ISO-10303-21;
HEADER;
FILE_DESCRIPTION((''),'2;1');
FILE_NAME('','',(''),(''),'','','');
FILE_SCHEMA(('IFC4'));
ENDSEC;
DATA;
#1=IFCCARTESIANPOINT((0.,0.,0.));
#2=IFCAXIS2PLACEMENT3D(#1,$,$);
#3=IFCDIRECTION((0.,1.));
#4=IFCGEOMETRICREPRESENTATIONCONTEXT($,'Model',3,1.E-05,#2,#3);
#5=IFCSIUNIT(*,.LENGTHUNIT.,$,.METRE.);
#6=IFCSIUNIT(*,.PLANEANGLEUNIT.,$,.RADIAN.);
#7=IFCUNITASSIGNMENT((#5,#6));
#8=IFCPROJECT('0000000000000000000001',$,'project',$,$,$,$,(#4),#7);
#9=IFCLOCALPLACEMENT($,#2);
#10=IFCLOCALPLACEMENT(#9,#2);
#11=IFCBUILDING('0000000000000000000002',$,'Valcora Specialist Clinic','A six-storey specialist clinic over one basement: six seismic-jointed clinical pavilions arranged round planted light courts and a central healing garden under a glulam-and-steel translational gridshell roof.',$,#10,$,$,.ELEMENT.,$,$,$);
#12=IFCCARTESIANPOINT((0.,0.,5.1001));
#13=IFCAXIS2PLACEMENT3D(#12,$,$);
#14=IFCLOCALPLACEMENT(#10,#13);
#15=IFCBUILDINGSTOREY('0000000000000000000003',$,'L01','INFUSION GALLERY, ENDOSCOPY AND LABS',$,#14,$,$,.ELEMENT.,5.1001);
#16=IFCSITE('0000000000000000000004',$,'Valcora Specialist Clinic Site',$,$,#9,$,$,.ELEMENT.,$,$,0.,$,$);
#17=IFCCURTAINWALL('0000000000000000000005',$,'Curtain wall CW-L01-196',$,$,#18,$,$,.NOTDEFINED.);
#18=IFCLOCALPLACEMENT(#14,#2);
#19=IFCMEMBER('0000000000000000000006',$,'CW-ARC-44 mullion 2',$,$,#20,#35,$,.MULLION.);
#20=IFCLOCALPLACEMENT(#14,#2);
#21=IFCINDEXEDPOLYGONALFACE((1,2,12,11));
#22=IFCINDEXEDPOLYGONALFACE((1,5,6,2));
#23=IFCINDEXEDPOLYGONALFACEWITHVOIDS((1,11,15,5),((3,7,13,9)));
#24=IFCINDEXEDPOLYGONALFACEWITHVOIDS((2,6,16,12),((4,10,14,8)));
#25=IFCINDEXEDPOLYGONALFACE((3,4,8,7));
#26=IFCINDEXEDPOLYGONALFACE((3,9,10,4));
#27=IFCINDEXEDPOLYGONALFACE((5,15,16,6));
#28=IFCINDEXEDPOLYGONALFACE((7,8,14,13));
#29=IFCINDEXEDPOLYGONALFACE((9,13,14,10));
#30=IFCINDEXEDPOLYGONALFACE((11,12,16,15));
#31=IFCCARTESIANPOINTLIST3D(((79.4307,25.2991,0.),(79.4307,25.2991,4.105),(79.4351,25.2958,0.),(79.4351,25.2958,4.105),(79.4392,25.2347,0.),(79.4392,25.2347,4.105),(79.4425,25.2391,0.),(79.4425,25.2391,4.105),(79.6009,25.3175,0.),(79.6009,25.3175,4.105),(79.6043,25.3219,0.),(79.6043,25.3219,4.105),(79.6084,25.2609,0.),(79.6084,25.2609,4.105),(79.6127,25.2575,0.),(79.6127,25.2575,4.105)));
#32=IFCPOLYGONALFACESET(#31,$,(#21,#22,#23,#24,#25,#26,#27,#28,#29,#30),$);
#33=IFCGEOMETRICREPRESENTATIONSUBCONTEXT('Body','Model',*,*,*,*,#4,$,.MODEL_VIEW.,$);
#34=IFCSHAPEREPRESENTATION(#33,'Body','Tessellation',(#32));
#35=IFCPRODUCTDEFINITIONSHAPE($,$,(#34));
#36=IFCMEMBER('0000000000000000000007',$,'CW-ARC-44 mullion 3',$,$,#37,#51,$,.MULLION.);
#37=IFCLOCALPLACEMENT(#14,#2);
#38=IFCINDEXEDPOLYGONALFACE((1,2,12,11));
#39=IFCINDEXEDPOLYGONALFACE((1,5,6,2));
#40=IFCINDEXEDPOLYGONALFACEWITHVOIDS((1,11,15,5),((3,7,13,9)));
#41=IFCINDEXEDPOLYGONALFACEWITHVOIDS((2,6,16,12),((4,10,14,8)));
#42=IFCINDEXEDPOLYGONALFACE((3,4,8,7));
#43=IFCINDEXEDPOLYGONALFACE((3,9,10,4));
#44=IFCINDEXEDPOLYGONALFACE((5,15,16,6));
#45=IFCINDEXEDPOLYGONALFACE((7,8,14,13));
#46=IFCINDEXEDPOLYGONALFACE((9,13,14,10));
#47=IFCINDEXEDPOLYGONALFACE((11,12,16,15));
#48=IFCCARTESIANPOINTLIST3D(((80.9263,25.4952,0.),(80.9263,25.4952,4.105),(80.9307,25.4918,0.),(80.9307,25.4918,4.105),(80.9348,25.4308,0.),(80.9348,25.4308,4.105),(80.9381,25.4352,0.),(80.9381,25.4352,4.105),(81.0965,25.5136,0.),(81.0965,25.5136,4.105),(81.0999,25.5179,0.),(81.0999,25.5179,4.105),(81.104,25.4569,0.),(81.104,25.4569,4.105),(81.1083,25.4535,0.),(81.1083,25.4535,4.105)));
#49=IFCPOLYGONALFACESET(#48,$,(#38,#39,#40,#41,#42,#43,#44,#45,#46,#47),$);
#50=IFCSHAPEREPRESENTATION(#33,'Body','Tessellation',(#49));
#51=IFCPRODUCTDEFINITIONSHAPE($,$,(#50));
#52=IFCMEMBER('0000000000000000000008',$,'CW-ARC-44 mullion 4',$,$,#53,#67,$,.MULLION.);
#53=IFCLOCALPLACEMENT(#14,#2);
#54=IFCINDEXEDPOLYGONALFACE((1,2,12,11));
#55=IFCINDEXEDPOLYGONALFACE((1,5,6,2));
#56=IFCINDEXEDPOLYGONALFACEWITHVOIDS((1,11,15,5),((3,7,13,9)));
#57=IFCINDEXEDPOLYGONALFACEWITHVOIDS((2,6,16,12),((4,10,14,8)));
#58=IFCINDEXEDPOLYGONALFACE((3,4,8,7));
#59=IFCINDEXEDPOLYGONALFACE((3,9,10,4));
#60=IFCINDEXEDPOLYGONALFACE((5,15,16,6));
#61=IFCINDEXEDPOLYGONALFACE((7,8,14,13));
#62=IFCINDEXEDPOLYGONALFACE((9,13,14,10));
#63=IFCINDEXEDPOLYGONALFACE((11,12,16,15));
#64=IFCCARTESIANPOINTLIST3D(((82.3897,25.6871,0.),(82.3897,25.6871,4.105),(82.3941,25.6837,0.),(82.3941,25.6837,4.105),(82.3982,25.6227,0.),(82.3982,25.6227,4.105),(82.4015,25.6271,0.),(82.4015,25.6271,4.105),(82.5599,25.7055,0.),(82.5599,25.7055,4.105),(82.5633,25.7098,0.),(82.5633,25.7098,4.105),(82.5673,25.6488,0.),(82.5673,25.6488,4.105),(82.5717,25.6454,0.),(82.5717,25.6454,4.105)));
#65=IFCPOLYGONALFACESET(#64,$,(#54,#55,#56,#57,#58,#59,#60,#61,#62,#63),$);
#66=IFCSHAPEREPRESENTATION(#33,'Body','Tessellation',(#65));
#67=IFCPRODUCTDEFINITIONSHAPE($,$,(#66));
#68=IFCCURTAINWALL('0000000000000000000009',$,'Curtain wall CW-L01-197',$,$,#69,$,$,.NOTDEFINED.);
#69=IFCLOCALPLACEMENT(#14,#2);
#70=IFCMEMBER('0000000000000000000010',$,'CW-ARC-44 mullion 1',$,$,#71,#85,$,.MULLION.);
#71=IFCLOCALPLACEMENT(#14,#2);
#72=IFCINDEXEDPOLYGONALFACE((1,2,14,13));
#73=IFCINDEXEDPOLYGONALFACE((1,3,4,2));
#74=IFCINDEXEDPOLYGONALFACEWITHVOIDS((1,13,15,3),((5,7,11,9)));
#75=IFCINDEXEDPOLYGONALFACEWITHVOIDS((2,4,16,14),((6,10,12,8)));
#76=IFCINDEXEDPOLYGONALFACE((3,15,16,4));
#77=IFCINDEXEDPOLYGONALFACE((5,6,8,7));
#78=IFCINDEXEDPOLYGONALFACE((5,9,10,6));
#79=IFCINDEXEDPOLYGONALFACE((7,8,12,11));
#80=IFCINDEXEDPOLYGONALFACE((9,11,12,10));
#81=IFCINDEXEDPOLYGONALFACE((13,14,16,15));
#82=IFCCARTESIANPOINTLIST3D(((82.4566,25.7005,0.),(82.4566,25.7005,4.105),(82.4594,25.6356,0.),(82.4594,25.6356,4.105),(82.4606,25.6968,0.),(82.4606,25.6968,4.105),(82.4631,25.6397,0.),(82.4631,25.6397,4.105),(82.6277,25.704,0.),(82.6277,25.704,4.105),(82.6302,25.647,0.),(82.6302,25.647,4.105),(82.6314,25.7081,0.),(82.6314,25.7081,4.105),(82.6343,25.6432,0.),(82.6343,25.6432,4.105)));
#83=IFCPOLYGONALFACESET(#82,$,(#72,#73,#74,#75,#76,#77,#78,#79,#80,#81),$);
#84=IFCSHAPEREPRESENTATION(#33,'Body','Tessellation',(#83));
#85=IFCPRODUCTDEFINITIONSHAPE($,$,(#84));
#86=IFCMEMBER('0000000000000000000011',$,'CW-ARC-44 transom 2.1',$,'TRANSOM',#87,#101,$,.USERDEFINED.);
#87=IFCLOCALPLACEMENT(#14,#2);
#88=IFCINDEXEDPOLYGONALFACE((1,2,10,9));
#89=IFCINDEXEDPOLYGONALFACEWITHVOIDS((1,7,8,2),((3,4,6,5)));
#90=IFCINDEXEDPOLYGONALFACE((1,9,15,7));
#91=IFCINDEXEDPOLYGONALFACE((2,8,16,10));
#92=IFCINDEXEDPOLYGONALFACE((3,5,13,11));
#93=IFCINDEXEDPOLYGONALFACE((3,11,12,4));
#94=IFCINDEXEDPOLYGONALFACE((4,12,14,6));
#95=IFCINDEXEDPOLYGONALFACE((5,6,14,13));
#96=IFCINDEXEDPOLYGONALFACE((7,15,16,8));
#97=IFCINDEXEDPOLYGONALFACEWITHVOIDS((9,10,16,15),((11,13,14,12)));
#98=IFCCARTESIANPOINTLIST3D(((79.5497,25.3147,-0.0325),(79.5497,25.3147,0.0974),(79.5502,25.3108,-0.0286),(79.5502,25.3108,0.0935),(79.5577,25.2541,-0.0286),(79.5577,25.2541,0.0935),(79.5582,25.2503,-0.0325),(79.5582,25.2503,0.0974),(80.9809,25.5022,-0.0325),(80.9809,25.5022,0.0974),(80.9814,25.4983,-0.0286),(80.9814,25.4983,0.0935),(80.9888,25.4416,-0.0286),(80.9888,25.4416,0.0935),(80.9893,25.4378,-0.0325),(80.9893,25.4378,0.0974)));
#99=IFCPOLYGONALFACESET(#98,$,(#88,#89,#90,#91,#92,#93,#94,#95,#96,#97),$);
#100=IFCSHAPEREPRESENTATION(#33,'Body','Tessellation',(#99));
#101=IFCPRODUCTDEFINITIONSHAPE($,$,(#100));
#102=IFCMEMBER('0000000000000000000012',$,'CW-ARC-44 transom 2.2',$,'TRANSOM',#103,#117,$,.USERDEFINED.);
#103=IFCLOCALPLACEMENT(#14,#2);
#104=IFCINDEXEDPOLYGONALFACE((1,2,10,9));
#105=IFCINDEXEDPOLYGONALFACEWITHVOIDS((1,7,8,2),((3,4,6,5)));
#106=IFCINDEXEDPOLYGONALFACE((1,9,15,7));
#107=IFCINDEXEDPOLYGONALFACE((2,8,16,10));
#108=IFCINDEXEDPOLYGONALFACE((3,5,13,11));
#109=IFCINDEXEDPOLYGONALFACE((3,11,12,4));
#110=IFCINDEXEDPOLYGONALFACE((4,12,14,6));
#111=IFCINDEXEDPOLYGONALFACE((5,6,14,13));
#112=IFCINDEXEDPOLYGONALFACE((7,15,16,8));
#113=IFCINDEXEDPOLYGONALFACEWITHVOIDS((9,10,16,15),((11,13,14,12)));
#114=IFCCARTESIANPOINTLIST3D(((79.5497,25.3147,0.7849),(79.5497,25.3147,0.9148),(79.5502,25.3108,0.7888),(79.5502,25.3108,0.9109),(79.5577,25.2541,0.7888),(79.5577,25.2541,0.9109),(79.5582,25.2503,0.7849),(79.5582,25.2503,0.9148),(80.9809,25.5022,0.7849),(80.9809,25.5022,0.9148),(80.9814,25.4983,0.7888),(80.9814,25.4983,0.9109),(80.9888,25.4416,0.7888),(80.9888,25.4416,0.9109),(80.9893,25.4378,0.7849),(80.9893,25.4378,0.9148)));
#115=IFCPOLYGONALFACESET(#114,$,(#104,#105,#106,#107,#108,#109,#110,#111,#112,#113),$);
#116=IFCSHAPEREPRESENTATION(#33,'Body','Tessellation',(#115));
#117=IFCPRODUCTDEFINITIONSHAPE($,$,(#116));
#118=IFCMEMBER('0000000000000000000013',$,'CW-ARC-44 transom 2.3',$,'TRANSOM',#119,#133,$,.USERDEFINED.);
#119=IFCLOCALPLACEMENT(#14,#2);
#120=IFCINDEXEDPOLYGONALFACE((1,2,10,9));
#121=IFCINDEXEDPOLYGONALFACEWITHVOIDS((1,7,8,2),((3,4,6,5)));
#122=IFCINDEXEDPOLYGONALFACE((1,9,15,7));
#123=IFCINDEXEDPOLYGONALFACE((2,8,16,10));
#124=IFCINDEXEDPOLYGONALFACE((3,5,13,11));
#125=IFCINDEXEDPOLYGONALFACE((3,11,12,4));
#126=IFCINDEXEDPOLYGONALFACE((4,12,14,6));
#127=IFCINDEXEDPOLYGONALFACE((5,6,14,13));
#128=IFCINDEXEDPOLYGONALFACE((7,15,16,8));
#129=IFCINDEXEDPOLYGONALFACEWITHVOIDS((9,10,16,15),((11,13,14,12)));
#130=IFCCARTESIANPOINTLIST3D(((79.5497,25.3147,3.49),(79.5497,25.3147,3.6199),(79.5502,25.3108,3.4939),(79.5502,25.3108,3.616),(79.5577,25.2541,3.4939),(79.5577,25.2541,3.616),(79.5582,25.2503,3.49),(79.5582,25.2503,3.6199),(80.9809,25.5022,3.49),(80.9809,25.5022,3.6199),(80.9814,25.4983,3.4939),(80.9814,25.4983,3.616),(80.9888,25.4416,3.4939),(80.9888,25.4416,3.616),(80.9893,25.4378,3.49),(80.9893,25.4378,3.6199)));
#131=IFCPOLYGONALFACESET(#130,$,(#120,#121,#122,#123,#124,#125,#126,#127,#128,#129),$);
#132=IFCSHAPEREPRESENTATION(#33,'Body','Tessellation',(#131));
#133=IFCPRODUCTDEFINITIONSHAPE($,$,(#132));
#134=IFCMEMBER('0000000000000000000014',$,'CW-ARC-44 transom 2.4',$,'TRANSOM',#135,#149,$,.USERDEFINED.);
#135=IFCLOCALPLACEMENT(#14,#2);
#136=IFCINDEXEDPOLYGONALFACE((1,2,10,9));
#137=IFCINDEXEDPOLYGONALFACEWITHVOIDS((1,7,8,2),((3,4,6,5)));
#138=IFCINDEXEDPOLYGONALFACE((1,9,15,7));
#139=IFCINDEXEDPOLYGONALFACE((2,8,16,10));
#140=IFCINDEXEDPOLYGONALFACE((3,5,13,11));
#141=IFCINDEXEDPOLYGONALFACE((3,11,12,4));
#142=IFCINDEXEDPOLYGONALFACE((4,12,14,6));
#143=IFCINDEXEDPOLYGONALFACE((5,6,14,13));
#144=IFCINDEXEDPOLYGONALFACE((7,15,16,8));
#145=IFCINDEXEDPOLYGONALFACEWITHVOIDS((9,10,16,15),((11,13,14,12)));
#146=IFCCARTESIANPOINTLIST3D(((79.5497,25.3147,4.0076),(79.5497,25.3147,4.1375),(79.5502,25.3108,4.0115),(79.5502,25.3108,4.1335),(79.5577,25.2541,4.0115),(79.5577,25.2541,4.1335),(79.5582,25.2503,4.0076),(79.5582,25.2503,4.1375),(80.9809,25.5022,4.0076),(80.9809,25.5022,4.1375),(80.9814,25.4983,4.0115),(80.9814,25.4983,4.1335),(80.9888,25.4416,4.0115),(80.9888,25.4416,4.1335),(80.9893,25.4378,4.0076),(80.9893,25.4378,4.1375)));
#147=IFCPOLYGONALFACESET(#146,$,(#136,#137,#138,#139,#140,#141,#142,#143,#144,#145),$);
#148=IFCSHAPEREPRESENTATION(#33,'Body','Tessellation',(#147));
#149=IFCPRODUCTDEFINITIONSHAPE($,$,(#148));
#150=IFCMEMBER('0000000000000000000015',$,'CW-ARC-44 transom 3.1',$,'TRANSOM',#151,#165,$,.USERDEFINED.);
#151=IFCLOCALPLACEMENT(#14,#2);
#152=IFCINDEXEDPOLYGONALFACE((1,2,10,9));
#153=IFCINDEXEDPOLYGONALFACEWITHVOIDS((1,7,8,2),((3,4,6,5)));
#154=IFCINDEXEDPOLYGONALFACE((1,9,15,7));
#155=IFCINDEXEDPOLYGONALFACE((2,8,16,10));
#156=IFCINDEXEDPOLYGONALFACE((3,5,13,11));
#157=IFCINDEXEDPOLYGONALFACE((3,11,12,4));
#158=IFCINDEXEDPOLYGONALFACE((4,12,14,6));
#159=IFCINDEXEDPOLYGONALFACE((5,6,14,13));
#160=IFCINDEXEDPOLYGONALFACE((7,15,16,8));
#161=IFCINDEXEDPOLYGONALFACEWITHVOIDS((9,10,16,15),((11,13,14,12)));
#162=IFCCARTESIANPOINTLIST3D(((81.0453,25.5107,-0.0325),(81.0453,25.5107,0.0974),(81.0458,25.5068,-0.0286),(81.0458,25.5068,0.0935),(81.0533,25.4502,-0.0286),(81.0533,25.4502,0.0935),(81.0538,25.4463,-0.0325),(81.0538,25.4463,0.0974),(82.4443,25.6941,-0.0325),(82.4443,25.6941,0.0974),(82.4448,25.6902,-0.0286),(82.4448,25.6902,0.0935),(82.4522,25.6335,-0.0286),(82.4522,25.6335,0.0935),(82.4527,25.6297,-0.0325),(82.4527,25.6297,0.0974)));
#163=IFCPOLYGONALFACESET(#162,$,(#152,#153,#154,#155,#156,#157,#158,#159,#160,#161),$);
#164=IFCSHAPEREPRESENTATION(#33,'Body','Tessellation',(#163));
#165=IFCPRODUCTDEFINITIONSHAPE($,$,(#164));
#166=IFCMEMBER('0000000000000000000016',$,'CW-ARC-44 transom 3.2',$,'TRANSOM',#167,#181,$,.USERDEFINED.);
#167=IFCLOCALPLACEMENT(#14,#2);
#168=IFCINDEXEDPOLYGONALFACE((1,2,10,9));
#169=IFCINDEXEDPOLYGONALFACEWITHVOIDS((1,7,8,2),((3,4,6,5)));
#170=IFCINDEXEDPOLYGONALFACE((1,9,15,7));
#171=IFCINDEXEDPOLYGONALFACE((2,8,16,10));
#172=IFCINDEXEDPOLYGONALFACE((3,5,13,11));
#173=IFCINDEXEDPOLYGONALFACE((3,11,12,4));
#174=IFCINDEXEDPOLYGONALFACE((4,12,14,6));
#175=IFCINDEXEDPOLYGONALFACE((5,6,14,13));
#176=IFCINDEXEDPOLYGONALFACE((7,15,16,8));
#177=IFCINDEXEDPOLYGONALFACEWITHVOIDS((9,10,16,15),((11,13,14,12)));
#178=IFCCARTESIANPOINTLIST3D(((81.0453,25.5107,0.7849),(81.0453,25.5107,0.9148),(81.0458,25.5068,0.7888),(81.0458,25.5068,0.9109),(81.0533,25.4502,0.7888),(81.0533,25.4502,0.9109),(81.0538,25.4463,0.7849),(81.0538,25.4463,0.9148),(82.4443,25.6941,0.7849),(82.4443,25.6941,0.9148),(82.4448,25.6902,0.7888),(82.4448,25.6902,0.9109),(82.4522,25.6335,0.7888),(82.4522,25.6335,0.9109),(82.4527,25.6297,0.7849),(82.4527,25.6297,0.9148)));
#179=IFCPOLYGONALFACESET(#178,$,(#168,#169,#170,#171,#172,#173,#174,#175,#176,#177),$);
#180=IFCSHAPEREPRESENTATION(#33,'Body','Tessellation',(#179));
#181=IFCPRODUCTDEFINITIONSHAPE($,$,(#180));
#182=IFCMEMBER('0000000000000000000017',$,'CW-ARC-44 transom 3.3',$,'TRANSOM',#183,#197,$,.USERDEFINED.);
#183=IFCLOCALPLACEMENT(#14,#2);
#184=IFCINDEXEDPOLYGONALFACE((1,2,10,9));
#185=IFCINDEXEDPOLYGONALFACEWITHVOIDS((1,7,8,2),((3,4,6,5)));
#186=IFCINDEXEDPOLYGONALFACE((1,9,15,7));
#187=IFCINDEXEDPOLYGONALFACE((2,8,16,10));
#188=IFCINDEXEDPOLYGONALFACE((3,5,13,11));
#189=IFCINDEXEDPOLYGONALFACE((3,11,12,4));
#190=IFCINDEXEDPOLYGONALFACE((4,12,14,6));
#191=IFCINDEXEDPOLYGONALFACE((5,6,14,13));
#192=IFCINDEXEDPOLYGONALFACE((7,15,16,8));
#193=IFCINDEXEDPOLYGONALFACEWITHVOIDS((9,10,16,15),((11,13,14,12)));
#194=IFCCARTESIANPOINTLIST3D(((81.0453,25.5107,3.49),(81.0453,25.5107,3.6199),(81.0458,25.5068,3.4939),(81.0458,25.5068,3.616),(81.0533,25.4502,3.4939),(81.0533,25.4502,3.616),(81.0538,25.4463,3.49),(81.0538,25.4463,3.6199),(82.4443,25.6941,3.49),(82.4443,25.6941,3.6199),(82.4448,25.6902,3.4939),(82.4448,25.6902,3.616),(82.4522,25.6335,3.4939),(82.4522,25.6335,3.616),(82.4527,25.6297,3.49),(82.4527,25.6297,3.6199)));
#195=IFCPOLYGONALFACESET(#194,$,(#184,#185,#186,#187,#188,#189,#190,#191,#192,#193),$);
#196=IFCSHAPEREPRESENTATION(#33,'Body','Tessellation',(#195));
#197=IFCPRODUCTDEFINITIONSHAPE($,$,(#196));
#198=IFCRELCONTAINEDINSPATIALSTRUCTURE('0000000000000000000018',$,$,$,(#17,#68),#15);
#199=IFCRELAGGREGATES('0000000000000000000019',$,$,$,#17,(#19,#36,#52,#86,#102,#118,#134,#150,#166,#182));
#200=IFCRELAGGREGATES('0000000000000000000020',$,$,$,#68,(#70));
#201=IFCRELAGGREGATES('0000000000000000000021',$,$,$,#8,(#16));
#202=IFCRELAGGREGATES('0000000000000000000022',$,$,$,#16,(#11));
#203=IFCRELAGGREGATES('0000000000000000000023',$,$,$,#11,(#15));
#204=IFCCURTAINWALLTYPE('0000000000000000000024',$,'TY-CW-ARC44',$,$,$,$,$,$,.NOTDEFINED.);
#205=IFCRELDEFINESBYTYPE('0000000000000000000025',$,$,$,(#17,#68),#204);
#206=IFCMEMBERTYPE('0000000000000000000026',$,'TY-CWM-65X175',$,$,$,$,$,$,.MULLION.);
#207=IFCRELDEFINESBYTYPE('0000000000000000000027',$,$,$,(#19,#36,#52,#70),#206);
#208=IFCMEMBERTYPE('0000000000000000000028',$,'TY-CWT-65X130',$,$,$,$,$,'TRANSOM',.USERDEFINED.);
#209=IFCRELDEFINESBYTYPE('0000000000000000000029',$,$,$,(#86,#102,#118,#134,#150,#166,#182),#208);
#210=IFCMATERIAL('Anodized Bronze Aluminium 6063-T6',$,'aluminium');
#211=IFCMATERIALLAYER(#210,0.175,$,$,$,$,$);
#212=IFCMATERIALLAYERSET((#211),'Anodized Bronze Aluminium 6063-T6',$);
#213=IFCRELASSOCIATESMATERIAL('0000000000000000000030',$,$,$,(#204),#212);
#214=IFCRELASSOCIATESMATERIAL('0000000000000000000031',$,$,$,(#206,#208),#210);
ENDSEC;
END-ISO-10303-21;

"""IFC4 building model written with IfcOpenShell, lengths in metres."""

from ifc_helpers import new_model, si_unit, direction, frame, origin, origin_2d, place, context, subcontext, project, spatial, hollow_rectangle, extrude, material, layer, layer_set, material_profile, profile_set, type_object, element, aggregate, save


model = new_model("IFC4")

# Units and contexts
model_context = context("Model", 3, precision=1e-05, world=origin(), true_north=direction((0.0, 1.0)))
body_context = subcontext(model_context, "Body", "Model", "MODEL_VIEW")
ifc_project = project(units=[si_unit("LENGTHUNIT", "METRE"), si_unit("PLANEANGLEUNIT", "RADIAN")], contexts=[model_context])

# Site, building, storey
site_placement = place(None, origin())
site = spatial("IfcSite", under=ifc_project, at=site_placement, Name="Valcora Specialist Clinic Site", CompositionType="ELEMENT", RefElevation=0.0)
building_placement = place(site_placement, origin())
building = spatial("IfcBuilding", under=site, at=building_placement, Name="Valcora Specialist Clinic", Description="A six-storey specialist clinic over one basement: six seismic-jointed clinical pavilions arranged round planted light courts and a central healing garden under a glulam-and-steel translational gridshell roof.", CompositionType="ELEMENT")
storey_placement = place(building_placement, frame((0.0, 0.0, 5.1001)))
storey = spatial("IfcBuildingStorey", under=building, at=storey_placement, Name="L01", Description="INFUSION GALLERY, ENDOSCOPY AND LABS", CompositionType="ELEMENT", Elevation=5.1001)

# Curtain wall, members
ifc_material_1 = material(Name="Anodized Bronze Aluminium 6063-T6", Category="aluminium")
ifc_layer_1 = layer(ifc_material_1, 0.175)
ifc_layer_set_1 = layer_set([ifc_layer_1], Name="Anodized Bronze Aluminium 6063-T6")
curtain_wall_type = type_object("IfcCurtainWallType", Name="TY-CW-ARC44", PredefinedType="NOTDEFINED", material=ifc_layer_set_1)
curtain_wall_1_placement = place(storey_placement, origin())
curtain_wall_1 = element("IfcCurtainWall", 1, at=curtain_wall_1_placement, inside=storey, type_object=curtain_wall_type, Name="Curtain wall CW-L01-196", PredefinedType="NOTDEFINED")
ifc_material_profile_1 = material_profile(ifc_material_1, hollow_rectangle(XDim=0.0649, YDim=0.175, WallThickness=0.0039, at=origin_2d()), Name="AL-MUL-65X175")
ifc_profile_set_1 = profile_set([ifc_material_profile_1], Name="Anodized Bronze Aluminium 6063-T6")
member_type_1 = type_object("IfcMemberType", Name="TY-CWM-65X175", PredefinedType="MULLION", material=ifc_profile_set_1)
member_1_placement = place(storey_placement, frame((79.5217, 25.2783, 0.0), z_axis=(0.0, 0.0, 1.0), x_axis=(-0.129999, 0.991514, 0.0)))
member_1 = element("IfcMember", 2, at=member_1_placement, type_object=member_type_1, Name="CW-ARC-44 mullion 2", PredefinedType="MULLION", context=body_context, shape_type="SweptSolid", body=[
    extrude(hollow_rectangle(XDim=0.0649, YDim=0.175, WallThickness=0.0039, at=origin_2d()), origin(), (0.0, 0.0, 1.0), 4.105),
])
member_2_placement = place(storey_placement, frame((81.0173, 25.4744, 0.0), z_axis=(0.0, 0.0, 1.0), x_axis=(-0.129999, 0.991514, 0.0)))
member_2 = element("IfcMember", 3, at=member_2_placement, type_object=member_type_1, Name="CW-ARC-44 mullion 3", PredefinedType="MULLION", context=body_context, shape_type="SweptSolid", body=[
    extrude(hollow_rectangle(XDim=0.0649, YDim=0.175, WallThickness=0.0039, at=origin_2d()), origin(), (0.0, 0.0, 1.0), 4.105),
])
member_3_placement = place(storey_placement, frame((82.4807, 25.6663, 0.0), z_axis=(0.0, 0.0, 1.0), x_axis=(-0.129999, 0.991514, 0.0)))
member_3 = element("IfcMember", 4, at=member_3_placement, type_object=member_type_1, Name="CW-ARC-44 mullion 4", PredefinedType="MULLION", context=body_context, shape_type="SweptSolid", body=[
    extrude(hollow_rectangle(XDim=0.0649, YDim=0.175, WallThickness=0.0039, at=origin_2d()), origin(), (0.0, 0.0, 1.0), 4.105),
])

# Curtain wall, member
curtain_wall_2_placement = place(storey_placement, origin())
curtain_wall_2 = element("IfcCurtainWall", 5, at=curtain_wall_2_placement, inside=storey, type_object=curtain_wall_type, Name="Curtain wall CW-L01-197", PredefinedType="NOTDEFINED")
member_4_placement = place(storey_placement, frame((82.5454, 25.6719, 0.0), z_axis=(0.0, 0.0, 1.0), x_axis=(-0.043307, 0.999062, 0.0)))
member_4 = element("IfcMember", 6, at=member_4_placement, type_object=member_type_1, Name="CW-ARC-44 mullion 1", PredefinedType="MULLION", context=body_context, shape_type="SweptSolid", body=[
    extrude(hollow_rectangle(XDim=0.0649, YDim=0.175, WallThickness=0.0039, at=origin_2d()), origin(), (0.0, 0.0, 1.0), 4.105),
])

# Members
ifc_material_profile_2 = material_profile(ifc_material_1, hollow_rectangle(XDim=0.0649, YDim=0.1299, WallThickness=0.0039, at=origin_2d()), Name="AL-TRN-65X130")
ifc_profile_set_2 = profile_set([ifc_material_profile_2], Name="Anodized Bronze Aluminium 6063-T6")
member_type_2 = type_object("IfcMemberType", Name="TY-CWT-65X130", ElementType="TRANSOM", PredefinedType="USERDEFINED", material=ifc_profile_set_2)
member_5_placement = place(storey_placement, frame((79.554, 25.2825, 0.0325), z_axis=(0.991527, 0.129903, 0.0), x_axis=(-0.129903, 0.991527, 0.0)))
member_5 = element("IfcMember", 7, at=member_5_placement, type_object=member_type_2, Name="CW-ARC-44 transom 2.1", ObjectType="TRANSOM", PredefinedType="USERDEFINED", context=body_context, shape_type="SweptSolid", body=[
    extrude(hollow_rectangle(XDim=0.0649, YDim=0.1299, WallThickness=0.0039, at=origin_2d()), origin(), (0.0, 0.0, 1.0), 1.4434),
])
member_6_placement = place(storey_placement, frame((79.554, 25.2825, 0.8499), z_axis=(0.991527, 0.129903, 0.0), x_axis=(-0.129903, 0.991527, 0.0)))
member_6 = element("IfcMember", 8, at=member_6_placement, type_object=member_type_2, Name="CW-ARC-44 transom 2.2", ObjectType="TRANSOM", PredefinedType="USERDEFINED", context=body_context, shape_type="SweptSolid", body=[
    extrude(hollow_rectangle(XDim=0.0649, YDim=0.1299, WallThickness=0.0039, at=origin_2d()), origin(), (0.0, 0.0, 1.0), 1.4434),
])
member_7_placement = place(storey_placement, frame((79.554, 25.2825, 3.5549), z_axis=(0.991527, 0.129903, 0.0), x_axis=(-0.129903, 0.991527, 0.0)))
member_7 = element("IfcMember", 9, at=member_7_placement, type_object=member_type_2, Name="CW-ARC-44 transom 2.3", ObjectType="TRANSOM", PredefinedType="USERDEFINED", context=body_context, shape_type="SweptSolid", body=[
    extrude(hollow_rectangle(XDim=0.0649, YDim=0.1299, WallThickness=0.0039, at=origin_2d()), origin(), (0.0, 0.0, 1.0), 1.4434),
])
member_8_placement = place(storey_placement, frame((79.554, 25.2825, 4.0725), z_axis=(0.991527, 0.129903, 0.0), x_axis=(-0.129903, 0.991527, 0.0)))
member_8 = element("IfcMember", 10, at=member_8_placement, type_object=member_type_2, Name="CW-ARC-44 transom 2.4", ObjectType="TRANSOM", PredefinedType="USERDEFINED", context=body_context, shape_type="SweptSolid", body=[
    extrude(hollow_rectangle(XDim=0.0649, YDim=0.1299, WallThickness=0.0039, at=origin_2d()), origin(), (0.0, 0.0, 1.0), 1.4434),
])
member_9_placement = place(storey_placement, frame((81.0496, 25.4785, 0.0325), z_axis=(0.99152, 0.129953, 0.0), x_axis=(-0.129953, 0.99152, 0.0)))
member_9 = element("IfcMember", 11, at=member_9_placement, type_object=member_type_2, Name="CW-ARC-44 transom 3.1", ObjectType="TRANSOM", PredefinedType="USERDEFINED", context=body_context, shape_type="SweptSolid", body=[
    extrude(hollow_rectangle(XDim=0.0649, YDim=0.1299, WallThickness=0.0039, at=origin_2d()), origin(), (0.0, 0.0, 1.0), 1.4109),
])
member_10_placement = place(storey_placement, frame((81.0496, 25.4785, 0.8499), z_axis=(0.99152, 0.129953, 0.0), x_axis=(-0.129953, 0.99152, 0.0)))
member_10 = element("IfcMember", 12, at=member_10_placement, type_object=member_type_2, Name="CW-ARC-44 transom 3.2", ObjectType="TRANSOM", PredefinedType="USERDEFINED", context=body_context, shape_type="SweptSolid", body=[
    extrude(hollow_rectangle(XDim=0.0649, YDim=0.1299, WallThickness=0.0039, at=origin_2d()), origin(), (0.0, 0.0, 1.0), 1.4109),
])
member_11_placement = place(storey_placement, frame((81.0496, 25.4785, 3.5549), z_axis=(0.99152, 0.129953, 0.0), x_axis=(-0.129953, 0.99152, 0.0)))
member_11 = element("IfcMember", 13, at=member_11_placement, type_object=member_type_2, Name="CW-ARC-44 transom 3.3", ObjectType="TRANSOM", PredefinedType="USERDEFINED", context=body_context, shape_type="SweptSolid", body=[
    extrude(hollow_rectangle(XDim=0.0649, YDim=0.1299, WallThickness=0.0039, at=origin_2d()), origin(), (0.0, 0.0, 1.0), 1.4109),
])

aggregate(curtain_wall_1, [member_1, member_2, member_3, member_5, member_6, member_7, member_8, member_9, member_10, member_11])
aggregate(curtain_wall_2, [member_4])

save(model, "model.ifc")
